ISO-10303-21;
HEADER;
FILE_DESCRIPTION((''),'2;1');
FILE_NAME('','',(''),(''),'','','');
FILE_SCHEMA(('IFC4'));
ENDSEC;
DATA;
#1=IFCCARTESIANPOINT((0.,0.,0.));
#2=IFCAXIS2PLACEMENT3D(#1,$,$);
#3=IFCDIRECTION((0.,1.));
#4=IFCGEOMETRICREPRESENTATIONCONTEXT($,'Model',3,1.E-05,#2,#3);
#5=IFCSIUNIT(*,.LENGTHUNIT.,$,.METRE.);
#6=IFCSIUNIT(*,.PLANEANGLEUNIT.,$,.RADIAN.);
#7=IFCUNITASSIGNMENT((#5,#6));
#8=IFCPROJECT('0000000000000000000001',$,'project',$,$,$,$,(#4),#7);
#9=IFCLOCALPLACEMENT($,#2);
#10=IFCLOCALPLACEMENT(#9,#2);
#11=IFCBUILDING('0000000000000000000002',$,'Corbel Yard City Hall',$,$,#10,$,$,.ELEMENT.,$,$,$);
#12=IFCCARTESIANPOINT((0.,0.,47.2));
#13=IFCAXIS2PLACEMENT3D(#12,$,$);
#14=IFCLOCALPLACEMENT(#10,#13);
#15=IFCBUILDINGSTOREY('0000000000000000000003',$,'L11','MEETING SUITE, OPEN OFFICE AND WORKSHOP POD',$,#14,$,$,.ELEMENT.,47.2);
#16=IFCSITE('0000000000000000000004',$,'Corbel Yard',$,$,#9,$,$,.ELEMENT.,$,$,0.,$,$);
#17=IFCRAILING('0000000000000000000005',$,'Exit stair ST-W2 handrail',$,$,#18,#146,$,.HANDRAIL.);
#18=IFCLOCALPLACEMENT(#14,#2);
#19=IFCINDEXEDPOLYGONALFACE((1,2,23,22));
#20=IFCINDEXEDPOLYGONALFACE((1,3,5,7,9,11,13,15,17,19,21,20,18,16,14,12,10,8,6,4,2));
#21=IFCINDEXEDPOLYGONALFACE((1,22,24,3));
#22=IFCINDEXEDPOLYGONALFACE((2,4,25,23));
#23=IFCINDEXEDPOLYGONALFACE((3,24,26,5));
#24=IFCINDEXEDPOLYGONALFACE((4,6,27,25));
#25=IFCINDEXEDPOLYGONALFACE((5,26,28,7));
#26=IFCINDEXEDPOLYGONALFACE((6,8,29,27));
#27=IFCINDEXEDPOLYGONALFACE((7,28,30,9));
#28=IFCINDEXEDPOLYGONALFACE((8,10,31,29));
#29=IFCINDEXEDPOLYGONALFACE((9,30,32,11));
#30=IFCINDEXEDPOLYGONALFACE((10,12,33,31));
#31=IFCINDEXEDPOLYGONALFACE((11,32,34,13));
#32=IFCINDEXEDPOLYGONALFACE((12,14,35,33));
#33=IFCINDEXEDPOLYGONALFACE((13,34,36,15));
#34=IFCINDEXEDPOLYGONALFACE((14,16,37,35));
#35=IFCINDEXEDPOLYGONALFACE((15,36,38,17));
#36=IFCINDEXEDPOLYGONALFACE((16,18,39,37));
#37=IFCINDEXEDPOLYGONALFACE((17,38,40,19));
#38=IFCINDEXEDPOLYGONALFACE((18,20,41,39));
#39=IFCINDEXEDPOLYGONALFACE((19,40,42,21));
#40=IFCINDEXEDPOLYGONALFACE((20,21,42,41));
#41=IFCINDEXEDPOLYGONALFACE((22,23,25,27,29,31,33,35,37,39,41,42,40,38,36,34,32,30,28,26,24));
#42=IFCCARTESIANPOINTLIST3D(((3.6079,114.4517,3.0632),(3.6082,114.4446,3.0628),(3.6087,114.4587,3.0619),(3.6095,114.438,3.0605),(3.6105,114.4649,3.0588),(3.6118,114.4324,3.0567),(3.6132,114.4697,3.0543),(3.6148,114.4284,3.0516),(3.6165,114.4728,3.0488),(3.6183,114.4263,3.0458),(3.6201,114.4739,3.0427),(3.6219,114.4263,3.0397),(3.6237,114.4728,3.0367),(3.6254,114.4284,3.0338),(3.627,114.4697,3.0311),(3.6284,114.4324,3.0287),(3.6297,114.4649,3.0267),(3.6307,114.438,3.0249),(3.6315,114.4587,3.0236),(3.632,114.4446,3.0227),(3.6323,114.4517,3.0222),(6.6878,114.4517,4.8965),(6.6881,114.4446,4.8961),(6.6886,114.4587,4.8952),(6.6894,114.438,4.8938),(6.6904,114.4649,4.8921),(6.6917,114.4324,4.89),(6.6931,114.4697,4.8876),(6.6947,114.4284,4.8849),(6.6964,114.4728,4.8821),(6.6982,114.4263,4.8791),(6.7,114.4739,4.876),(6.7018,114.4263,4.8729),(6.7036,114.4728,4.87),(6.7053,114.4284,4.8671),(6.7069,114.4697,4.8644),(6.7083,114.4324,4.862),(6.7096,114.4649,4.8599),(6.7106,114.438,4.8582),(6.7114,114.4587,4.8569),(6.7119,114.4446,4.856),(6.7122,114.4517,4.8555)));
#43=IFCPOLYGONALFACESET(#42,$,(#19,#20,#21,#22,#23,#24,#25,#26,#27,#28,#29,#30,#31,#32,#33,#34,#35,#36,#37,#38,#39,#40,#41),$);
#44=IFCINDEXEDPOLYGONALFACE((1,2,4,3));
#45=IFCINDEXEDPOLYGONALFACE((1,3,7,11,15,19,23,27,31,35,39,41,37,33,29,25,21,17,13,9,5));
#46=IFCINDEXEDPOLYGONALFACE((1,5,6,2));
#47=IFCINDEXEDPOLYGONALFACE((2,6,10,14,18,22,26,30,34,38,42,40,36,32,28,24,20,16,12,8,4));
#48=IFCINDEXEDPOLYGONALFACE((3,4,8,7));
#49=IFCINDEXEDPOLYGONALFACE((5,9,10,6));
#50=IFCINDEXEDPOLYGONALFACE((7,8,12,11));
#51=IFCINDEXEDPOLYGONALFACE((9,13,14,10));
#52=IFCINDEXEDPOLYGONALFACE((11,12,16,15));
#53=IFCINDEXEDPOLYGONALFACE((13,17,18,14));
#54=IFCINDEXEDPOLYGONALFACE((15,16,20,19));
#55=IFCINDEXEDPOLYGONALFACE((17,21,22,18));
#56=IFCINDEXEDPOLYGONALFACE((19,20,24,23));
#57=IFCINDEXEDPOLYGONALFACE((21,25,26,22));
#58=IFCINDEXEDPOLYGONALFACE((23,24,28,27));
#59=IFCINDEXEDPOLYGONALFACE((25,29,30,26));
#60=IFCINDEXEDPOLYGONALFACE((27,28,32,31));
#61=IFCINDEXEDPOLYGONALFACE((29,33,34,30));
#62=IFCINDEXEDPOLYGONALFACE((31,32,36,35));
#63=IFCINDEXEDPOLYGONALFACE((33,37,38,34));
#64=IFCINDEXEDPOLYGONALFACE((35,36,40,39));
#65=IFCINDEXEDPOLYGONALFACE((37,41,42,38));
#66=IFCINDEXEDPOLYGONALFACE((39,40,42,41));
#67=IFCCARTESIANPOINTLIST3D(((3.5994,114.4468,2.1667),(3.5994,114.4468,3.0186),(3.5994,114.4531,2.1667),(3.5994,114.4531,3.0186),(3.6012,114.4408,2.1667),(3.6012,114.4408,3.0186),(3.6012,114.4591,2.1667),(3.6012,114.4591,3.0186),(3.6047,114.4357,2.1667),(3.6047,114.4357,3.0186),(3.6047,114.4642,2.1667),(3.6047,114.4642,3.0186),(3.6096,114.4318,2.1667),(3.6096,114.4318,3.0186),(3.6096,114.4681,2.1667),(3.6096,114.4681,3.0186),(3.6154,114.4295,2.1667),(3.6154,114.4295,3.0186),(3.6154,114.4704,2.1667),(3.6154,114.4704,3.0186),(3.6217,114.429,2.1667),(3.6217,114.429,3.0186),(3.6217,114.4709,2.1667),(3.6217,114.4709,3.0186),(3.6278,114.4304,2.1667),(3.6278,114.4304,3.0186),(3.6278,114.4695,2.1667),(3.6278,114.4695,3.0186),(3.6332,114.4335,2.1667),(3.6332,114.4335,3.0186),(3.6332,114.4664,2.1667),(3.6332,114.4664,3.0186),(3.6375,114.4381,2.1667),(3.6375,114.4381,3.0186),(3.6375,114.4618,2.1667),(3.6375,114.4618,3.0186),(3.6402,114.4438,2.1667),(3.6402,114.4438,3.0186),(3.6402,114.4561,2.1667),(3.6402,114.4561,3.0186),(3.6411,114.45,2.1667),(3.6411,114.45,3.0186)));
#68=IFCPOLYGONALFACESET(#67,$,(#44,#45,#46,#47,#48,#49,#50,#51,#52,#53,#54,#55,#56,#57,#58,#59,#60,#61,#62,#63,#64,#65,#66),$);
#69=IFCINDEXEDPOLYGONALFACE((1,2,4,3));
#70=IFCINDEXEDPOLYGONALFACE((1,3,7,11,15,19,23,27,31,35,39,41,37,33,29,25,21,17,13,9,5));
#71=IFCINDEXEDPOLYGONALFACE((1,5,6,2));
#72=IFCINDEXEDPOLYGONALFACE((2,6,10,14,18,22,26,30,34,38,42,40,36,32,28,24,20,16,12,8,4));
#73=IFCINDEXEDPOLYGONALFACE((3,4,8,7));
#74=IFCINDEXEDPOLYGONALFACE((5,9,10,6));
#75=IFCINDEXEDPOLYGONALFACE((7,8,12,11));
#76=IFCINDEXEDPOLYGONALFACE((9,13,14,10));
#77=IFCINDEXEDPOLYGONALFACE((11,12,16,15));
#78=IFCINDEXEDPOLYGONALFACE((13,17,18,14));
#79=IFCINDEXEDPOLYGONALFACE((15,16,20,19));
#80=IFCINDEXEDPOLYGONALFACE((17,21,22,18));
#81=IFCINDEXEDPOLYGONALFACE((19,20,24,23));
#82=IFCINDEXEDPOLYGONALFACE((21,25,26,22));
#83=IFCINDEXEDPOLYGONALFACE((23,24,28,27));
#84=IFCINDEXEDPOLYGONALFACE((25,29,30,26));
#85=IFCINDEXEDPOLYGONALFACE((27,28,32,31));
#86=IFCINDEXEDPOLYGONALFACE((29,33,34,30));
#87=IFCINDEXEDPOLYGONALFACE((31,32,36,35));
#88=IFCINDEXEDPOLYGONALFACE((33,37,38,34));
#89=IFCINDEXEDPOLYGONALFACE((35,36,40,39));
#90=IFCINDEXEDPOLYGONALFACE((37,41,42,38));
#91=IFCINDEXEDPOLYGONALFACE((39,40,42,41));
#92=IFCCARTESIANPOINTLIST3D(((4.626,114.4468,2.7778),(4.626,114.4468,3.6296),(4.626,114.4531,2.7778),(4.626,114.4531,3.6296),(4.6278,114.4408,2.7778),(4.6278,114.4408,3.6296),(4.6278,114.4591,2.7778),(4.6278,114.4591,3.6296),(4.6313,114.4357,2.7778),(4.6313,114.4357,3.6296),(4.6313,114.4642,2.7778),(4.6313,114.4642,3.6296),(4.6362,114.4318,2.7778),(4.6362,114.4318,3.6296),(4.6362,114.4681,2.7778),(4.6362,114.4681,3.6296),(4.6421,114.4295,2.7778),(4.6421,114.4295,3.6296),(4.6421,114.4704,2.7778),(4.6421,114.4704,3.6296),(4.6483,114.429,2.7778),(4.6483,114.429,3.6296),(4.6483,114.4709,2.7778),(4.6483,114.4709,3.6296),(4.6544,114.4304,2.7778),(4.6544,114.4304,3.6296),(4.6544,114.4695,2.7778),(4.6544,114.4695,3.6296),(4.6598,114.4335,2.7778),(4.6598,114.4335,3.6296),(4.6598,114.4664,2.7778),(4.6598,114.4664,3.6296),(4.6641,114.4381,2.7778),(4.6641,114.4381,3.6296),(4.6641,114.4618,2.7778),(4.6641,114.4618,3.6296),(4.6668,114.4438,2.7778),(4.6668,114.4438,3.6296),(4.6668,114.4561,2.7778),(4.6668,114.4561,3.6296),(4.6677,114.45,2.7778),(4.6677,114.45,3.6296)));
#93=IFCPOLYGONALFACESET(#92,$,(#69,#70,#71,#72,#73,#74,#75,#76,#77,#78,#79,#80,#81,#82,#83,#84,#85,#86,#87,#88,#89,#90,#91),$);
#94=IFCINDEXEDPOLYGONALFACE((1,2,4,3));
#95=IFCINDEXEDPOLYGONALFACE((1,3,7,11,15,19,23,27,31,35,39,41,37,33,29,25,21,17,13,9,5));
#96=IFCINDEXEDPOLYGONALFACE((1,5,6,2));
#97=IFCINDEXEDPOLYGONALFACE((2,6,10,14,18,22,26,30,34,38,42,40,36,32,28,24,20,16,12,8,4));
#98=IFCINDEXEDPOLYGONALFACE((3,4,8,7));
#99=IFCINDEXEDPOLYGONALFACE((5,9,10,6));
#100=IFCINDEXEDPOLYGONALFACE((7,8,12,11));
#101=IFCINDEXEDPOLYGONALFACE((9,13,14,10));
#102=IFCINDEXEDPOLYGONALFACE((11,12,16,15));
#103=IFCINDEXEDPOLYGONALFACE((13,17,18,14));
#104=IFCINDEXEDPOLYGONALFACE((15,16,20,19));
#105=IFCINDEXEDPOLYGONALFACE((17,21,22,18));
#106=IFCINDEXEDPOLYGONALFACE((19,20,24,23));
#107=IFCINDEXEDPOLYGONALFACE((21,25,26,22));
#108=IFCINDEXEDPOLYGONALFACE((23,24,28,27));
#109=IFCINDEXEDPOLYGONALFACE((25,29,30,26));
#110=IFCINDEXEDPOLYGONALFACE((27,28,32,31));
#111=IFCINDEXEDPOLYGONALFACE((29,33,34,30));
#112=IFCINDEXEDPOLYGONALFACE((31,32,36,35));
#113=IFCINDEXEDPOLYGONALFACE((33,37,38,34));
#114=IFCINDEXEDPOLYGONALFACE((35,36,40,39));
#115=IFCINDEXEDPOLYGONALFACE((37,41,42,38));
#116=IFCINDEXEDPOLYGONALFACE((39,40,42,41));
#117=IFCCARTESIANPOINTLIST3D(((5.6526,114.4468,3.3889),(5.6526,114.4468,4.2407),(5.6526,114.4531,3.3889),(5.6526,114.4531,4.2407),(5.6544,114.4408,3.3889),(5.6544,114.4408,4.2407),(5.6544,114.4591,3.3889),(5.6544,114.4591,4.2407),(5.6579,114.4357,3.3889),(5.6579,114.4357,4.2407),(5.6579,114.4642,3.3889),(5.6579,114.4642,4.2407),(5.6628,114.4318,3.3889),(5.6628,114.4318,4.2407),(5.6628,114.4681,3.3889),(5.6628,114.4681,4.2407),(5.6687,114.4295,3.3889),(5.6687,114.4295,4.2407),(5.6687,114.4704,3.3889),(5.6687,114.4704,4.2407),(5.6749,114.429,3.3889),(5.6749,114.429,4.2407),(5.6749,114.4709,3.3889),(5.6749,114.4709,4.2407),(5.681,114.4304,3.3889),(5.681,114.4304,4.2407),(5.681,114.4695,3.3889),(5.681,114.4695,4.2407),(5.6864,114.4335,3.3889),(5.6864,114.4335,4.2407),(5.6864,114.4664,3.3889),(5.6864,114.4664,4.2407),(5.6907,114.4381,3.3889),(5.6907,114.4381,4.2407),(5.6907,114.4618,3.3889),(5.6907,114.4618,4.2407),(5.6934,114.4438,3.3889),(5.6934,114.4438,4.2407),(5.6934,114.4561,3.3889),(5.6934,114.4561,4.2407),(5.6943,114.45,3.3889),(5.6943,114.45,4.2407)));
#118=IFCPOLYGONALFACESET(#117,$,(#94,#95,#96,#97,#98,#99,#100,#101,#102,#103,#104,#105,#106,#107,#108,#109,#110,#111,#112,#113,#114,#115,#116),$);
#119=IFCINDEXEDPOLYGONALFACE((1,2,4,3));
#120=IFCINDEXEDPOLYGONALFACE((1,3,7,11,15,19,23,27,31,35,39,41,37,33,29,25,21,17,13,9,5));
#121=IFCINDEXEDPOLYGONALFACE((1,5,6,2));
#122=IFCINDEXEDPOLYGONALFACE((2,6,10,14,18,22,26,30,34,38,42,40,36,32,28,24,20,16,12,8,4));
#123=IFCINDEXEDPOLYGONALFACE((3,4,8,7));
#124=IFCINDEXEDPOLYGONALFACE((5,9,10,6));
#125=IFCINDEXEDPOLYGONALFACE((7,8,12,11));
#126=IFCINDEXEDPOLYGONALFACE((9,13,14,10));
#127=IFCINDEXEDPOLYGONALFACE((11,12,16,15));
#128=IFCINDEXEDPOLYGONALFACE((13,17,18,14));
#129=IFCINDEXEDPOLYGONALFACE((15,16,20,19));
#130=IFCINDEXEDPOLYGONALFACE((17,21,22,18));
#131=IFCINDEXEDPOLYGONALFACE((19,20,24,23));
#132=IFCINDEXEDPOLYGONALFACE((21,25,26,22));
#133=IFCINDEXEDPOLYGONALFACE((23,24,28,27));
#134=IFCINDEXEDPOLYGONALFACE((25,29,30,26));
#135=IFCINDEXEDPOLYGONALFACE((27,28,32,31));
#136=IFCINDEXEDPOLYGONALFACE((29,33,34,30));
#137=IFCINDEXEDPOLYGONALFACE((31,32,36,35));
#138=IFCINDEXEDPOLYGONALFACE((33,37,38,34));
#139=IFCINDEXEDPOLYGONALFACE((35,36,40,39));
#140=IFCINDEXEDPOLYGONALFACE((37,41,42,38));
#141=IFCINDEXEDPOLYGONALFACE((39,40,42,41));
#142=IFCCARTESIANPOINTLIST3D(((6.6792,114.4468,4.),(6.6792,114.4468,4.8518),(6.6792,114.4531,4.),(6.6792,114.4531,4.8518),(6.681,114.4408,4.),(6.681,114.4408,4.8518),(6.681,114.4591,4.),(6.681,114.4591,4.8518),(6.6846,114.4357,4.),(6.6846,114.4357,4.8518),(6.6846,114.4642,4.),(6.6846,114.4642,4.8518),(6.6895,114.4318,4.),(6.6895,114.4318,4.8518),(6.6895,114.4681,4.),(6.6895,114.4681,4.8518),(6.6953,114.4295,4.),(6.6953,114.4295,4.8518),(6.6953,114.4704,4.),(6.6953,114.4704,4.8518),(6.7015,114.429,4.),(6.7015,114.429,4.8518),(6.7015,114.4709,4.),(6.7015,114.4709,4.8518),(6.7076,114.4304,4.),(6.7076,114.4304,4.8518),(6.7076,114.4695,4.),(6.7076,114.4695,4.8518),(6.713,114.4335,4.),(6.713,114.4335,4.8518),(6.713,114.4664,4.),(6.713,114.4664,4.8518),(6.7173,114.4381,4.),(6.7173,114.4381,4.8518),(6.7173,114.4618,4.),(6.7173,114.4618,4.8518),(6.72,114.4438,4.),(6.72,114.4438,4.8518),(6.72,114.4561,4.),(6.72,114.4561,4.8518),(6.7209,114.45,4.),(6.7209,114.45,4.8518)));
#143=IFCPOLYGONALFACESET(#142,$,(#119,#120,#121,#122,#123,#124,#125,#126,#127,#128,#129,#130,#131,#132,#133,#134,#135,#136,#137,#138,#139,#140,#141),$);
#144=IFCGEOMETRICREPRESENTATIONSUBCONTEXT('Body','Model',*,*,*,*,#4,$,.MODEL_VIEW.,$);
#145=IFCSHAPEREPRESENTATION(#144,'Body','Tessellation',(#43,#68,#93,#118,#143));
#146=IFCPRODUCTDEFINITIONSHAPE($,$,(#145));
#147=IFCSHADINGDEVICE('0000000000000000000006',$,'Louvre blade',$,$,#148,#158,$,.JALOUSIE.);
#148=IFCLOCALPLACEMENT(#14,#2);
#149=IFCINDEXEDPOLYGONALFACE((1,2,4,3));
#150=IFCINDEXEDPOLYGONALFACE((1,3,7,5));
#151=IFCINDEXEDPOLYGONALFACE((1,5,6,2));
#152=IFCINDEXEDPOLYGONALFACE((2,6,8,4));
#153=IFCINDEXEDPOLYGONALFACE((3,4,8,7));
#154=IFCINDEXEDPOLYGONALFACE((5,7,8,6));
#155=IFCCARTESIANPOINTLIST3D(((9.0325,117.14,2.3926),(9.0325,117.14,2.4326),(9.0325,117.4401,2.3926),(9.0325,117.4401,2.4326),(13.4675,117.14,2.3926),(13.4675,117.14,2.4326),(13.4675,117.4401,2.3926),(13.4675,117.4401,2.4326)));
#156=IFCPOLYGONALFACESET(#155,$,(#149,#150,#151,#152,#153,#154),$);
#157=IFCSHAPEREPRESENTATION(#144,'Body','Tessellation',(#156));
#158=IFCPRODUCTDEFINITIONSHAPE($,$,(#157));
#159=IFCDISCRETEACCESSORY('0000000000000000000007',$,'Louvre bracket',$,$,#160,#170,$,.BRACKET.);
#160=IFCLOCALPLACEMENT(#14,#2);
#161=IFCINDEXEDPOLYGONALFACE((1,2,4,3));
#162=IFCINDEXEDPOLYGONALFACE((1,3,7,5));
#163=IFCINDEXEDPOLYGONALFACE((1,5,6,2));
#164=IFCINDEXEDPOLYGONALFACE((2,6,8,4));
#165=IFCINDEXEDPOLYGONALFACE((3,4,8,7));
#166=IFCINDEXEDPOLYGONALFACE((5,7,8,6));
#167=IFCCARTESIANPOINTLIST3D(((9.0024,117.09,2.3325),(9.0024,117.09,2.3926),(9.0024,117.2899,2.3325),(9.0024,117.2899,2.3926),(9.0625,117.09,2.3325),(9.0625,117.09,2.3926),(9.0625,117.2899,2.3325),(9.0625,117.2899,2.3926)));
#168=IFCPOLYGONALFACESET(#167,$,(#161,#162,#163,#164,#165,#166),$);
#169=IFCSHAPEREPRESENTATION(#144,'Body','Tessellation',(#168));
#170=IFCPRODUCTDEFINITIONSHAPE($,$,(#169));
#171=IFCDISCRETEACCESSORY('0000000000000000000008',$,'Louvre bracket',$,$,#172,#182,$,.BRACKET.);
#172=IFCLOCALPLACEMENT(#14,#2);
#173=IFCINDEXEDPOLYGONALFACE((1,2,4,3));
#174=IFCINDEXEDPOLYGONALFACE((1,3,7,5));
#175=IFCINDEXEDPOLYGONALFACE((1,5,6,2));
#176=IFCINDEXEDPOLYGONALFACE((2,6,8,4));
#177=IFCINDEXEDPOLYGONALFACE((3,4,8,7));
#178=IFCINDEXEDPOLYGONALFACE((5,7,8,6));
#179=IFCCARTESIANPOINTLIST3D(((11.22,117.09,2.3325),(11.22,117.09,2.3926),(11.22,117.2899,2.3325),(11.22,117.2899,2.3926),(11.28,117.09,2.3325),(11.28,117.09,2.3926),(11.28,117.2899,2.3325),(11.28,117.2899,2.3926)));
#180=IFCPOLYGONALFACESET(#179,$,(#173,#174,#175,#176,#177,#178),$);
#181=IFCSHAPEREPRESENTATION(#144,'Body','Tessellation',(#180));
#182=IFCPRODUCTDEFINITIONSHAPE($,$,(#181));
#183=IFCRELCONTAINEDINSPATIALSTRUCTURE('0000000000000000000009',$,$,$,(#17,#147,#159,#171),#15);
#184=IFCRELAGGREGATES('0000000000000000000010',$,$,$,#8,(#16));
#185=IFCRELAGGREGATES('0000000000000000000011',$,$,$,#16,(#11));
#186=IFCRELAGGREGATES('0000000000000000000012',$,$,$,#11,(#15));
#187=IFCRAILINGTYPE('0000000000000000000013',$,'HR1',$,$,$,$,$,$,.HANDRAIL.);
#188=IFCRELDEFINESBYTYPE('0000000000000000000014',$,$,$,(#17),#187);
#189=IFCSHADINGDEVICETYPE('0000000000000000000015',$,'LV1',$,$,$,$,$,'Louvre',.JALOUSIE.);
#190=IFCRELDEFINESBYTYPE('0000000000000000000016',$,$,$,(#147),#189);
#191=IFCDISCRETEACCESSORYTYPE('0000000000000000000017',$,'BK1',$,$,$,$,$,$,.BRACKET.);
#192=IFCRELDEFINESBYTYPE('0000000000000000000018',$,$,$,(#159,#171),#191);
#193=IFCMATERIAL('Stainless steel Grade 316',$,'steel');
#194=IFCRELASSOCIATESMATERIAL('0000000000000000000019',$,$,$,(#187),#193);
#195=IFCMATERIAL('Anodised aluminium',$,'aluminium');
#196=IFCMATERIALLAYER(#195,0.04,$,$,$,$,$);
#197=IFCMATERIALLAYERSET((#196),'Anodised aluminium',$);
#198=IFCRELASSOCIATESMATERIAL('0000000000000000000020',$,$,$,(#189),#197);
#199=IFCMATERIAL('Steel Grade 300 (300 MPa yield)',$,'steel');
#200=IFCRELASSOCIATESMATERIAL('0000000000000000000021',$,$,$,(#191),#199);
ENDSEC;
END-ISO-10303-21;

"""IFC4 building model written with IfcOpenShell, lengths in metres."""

from ifc_helpers import new_model, si_unit, direction, frame, origin, origin_2d, place, context, subcontext, project, spatial, rectangle, circle, extrude, material, layer, layer_set, type_object, element, save


model = new_model("IFC4")

# Units and contexts
model_context = context("Model", 3, precision=1e-05, world=origin(), true_north=direction((0.0, 1.0)))
body_context = subcontext(model_context, "Body", "Model", "MODEL_VIEW")
ifc_project = project(units=[si_unit("LENGTHUNIT", "METRE"), si_unit("PLANEANGLEUNIT", "RADIAN")], contexts=[model_context])

# Site, building, storey
site_placement = place(None, origin())
site = spatial("IfcSite", under=ifc_project, at=site_placement, Name="Corbel Yard", CompositionType="ELEMENT", RefElevation=0.0)
building_placement = place(site_placement, origin())
building = spatial("IfcBuilding", under=site, at=building_placement, Name="Corbel Yard City Hall", CompositionType="ELEMENT")
storey_placement = place(building_placement, frame((0.0, 0.0, 47.2)))
storey = spatial("IfcBuildingStorey", under=building, at=storey_placement, Name="L11", Description="MEETING SUITE, OPEN OFFICE AND WORKSHOP POD", CompositionType="ELEMENT", Elevation=47.2)

# Railing
ifc_material_1 = material(Name="Stainless steel Grade 316", Category="steel")
railing_type = type_object("IfcRailingType", Name="HR1", PredefinedType="HANDRAIL", material=ifc_material_1)
railing_placement = place(storey_placement, frame((3.6201, 114.45, 2.1667)))
element("IfcRailing", 1, at=railing_placement, inside=storey, type_object=railing_type, Name="Exit stair ST-W2 handrail", PredefinedType="HANDRAIL", context=body_context, shape_type="SweptSolid", body=[
    extrude(circle(Radius=0.0239, at=origin_2d()), frame((0.0, 0.0, 0.876), z_axis=(0.859291, 0.0, 0.511487), x_axis=(0.0, 1.0, 0.0)), (0.0, 0.0, 1.0), 3.5842),
    extrude(circle(Radius=0.021, at=origin_2d()), origin(), (0.0, 0.0, 1.0), 0.8518),
    extrude(circle(Radius=0.021, at=origin_2d()), frame((1.0266, 0.0, 0.6111)), (0.0, 0.0, 1.0), 0.8518),
    extrude(circle(Radius=0.021, at=origin_2d()), frame((2.0532, 0.0, 1.2222)), (0.0, 0.0, 1.0), 0.8518),
    extrude(circle(Radius=0.021, at=origin_2d()), frame((3.0798, 0.0, 1.8333)), (0.0, 0.0, 1.0), 0.8518),
])

# Shading device
ifc_material_2 = material(Name="Anodised aluminium", Category="aluminium")
ifc_layer_1 = layer(ifc_material_2, 0.04)
ifc_layer_set_1 = layer_set([ifc_layer_1], Name="Anodised aluminium")
shading_device_type = type_object("IfcShadingDeviceType", Name="LV1", ElementType="Louvre", PredefinedType="JALOUSIE", material=ifc_layer_set_1)
shading_device_placement = place(storey_placement, frame((11.25, 117.29, 2.3926), z_axis=(0.0, 0.0, 1.0), x_axis=(1.0, 0.0, 0.0)))
element("IfcShadingDevice", 2, at=shading_device_placement, inside=storey, type_object=shading_device_type, Name="Louvre blade", PredefinedType="JALOUSIE", context=body_context, shape_type="SweptSolid", body=[
    extrude(rectangle(XDim=4.4351, YDim=0.3, at=origin_2d()), origin(), (0.0, 0.0, 1.0), 0.04),
])

# Discrete accessories
ifc_material_3 = material(Name="Steel Grade 300 (300 MPa yield)", Category="steel")
discrete_accessory_type = type_object("IfcDiscreteAccessoryType", Name="BK1", PredefinedType="BRACKET", material=ifc_material_3)
for number, where, z_axis, x_axis, name in (
    (3, (9.0325, 117.1899, 2.3325), (0.0, 0.0, 1.0), (1.0, 0.0, 0.0), "Louvre bracket"),
    (4, (11.25, 117.1899, 2.3325), (0.0, 0.0, 1.0), (1.0, 0.0, 0.0), "Louvre bracket"),
):
    element("IfcDiscreteAccessory", number, at=place(storey_placement, frame(where, z_axis=z_axis, x_axis=x_axis)), inside=storey, type_object=discrete_accessory_type, Name=name, PredefinedType="BRACKET", context=body_context, shape_type="SweptSolid", body=[
        extrude(rectangle(XDim=0.0601, YDim=0.2, at=origin_2d()), origin(), (0.0, 0.0, 1.0), 0.0601),
    ])

save(model, "model.ifc")
